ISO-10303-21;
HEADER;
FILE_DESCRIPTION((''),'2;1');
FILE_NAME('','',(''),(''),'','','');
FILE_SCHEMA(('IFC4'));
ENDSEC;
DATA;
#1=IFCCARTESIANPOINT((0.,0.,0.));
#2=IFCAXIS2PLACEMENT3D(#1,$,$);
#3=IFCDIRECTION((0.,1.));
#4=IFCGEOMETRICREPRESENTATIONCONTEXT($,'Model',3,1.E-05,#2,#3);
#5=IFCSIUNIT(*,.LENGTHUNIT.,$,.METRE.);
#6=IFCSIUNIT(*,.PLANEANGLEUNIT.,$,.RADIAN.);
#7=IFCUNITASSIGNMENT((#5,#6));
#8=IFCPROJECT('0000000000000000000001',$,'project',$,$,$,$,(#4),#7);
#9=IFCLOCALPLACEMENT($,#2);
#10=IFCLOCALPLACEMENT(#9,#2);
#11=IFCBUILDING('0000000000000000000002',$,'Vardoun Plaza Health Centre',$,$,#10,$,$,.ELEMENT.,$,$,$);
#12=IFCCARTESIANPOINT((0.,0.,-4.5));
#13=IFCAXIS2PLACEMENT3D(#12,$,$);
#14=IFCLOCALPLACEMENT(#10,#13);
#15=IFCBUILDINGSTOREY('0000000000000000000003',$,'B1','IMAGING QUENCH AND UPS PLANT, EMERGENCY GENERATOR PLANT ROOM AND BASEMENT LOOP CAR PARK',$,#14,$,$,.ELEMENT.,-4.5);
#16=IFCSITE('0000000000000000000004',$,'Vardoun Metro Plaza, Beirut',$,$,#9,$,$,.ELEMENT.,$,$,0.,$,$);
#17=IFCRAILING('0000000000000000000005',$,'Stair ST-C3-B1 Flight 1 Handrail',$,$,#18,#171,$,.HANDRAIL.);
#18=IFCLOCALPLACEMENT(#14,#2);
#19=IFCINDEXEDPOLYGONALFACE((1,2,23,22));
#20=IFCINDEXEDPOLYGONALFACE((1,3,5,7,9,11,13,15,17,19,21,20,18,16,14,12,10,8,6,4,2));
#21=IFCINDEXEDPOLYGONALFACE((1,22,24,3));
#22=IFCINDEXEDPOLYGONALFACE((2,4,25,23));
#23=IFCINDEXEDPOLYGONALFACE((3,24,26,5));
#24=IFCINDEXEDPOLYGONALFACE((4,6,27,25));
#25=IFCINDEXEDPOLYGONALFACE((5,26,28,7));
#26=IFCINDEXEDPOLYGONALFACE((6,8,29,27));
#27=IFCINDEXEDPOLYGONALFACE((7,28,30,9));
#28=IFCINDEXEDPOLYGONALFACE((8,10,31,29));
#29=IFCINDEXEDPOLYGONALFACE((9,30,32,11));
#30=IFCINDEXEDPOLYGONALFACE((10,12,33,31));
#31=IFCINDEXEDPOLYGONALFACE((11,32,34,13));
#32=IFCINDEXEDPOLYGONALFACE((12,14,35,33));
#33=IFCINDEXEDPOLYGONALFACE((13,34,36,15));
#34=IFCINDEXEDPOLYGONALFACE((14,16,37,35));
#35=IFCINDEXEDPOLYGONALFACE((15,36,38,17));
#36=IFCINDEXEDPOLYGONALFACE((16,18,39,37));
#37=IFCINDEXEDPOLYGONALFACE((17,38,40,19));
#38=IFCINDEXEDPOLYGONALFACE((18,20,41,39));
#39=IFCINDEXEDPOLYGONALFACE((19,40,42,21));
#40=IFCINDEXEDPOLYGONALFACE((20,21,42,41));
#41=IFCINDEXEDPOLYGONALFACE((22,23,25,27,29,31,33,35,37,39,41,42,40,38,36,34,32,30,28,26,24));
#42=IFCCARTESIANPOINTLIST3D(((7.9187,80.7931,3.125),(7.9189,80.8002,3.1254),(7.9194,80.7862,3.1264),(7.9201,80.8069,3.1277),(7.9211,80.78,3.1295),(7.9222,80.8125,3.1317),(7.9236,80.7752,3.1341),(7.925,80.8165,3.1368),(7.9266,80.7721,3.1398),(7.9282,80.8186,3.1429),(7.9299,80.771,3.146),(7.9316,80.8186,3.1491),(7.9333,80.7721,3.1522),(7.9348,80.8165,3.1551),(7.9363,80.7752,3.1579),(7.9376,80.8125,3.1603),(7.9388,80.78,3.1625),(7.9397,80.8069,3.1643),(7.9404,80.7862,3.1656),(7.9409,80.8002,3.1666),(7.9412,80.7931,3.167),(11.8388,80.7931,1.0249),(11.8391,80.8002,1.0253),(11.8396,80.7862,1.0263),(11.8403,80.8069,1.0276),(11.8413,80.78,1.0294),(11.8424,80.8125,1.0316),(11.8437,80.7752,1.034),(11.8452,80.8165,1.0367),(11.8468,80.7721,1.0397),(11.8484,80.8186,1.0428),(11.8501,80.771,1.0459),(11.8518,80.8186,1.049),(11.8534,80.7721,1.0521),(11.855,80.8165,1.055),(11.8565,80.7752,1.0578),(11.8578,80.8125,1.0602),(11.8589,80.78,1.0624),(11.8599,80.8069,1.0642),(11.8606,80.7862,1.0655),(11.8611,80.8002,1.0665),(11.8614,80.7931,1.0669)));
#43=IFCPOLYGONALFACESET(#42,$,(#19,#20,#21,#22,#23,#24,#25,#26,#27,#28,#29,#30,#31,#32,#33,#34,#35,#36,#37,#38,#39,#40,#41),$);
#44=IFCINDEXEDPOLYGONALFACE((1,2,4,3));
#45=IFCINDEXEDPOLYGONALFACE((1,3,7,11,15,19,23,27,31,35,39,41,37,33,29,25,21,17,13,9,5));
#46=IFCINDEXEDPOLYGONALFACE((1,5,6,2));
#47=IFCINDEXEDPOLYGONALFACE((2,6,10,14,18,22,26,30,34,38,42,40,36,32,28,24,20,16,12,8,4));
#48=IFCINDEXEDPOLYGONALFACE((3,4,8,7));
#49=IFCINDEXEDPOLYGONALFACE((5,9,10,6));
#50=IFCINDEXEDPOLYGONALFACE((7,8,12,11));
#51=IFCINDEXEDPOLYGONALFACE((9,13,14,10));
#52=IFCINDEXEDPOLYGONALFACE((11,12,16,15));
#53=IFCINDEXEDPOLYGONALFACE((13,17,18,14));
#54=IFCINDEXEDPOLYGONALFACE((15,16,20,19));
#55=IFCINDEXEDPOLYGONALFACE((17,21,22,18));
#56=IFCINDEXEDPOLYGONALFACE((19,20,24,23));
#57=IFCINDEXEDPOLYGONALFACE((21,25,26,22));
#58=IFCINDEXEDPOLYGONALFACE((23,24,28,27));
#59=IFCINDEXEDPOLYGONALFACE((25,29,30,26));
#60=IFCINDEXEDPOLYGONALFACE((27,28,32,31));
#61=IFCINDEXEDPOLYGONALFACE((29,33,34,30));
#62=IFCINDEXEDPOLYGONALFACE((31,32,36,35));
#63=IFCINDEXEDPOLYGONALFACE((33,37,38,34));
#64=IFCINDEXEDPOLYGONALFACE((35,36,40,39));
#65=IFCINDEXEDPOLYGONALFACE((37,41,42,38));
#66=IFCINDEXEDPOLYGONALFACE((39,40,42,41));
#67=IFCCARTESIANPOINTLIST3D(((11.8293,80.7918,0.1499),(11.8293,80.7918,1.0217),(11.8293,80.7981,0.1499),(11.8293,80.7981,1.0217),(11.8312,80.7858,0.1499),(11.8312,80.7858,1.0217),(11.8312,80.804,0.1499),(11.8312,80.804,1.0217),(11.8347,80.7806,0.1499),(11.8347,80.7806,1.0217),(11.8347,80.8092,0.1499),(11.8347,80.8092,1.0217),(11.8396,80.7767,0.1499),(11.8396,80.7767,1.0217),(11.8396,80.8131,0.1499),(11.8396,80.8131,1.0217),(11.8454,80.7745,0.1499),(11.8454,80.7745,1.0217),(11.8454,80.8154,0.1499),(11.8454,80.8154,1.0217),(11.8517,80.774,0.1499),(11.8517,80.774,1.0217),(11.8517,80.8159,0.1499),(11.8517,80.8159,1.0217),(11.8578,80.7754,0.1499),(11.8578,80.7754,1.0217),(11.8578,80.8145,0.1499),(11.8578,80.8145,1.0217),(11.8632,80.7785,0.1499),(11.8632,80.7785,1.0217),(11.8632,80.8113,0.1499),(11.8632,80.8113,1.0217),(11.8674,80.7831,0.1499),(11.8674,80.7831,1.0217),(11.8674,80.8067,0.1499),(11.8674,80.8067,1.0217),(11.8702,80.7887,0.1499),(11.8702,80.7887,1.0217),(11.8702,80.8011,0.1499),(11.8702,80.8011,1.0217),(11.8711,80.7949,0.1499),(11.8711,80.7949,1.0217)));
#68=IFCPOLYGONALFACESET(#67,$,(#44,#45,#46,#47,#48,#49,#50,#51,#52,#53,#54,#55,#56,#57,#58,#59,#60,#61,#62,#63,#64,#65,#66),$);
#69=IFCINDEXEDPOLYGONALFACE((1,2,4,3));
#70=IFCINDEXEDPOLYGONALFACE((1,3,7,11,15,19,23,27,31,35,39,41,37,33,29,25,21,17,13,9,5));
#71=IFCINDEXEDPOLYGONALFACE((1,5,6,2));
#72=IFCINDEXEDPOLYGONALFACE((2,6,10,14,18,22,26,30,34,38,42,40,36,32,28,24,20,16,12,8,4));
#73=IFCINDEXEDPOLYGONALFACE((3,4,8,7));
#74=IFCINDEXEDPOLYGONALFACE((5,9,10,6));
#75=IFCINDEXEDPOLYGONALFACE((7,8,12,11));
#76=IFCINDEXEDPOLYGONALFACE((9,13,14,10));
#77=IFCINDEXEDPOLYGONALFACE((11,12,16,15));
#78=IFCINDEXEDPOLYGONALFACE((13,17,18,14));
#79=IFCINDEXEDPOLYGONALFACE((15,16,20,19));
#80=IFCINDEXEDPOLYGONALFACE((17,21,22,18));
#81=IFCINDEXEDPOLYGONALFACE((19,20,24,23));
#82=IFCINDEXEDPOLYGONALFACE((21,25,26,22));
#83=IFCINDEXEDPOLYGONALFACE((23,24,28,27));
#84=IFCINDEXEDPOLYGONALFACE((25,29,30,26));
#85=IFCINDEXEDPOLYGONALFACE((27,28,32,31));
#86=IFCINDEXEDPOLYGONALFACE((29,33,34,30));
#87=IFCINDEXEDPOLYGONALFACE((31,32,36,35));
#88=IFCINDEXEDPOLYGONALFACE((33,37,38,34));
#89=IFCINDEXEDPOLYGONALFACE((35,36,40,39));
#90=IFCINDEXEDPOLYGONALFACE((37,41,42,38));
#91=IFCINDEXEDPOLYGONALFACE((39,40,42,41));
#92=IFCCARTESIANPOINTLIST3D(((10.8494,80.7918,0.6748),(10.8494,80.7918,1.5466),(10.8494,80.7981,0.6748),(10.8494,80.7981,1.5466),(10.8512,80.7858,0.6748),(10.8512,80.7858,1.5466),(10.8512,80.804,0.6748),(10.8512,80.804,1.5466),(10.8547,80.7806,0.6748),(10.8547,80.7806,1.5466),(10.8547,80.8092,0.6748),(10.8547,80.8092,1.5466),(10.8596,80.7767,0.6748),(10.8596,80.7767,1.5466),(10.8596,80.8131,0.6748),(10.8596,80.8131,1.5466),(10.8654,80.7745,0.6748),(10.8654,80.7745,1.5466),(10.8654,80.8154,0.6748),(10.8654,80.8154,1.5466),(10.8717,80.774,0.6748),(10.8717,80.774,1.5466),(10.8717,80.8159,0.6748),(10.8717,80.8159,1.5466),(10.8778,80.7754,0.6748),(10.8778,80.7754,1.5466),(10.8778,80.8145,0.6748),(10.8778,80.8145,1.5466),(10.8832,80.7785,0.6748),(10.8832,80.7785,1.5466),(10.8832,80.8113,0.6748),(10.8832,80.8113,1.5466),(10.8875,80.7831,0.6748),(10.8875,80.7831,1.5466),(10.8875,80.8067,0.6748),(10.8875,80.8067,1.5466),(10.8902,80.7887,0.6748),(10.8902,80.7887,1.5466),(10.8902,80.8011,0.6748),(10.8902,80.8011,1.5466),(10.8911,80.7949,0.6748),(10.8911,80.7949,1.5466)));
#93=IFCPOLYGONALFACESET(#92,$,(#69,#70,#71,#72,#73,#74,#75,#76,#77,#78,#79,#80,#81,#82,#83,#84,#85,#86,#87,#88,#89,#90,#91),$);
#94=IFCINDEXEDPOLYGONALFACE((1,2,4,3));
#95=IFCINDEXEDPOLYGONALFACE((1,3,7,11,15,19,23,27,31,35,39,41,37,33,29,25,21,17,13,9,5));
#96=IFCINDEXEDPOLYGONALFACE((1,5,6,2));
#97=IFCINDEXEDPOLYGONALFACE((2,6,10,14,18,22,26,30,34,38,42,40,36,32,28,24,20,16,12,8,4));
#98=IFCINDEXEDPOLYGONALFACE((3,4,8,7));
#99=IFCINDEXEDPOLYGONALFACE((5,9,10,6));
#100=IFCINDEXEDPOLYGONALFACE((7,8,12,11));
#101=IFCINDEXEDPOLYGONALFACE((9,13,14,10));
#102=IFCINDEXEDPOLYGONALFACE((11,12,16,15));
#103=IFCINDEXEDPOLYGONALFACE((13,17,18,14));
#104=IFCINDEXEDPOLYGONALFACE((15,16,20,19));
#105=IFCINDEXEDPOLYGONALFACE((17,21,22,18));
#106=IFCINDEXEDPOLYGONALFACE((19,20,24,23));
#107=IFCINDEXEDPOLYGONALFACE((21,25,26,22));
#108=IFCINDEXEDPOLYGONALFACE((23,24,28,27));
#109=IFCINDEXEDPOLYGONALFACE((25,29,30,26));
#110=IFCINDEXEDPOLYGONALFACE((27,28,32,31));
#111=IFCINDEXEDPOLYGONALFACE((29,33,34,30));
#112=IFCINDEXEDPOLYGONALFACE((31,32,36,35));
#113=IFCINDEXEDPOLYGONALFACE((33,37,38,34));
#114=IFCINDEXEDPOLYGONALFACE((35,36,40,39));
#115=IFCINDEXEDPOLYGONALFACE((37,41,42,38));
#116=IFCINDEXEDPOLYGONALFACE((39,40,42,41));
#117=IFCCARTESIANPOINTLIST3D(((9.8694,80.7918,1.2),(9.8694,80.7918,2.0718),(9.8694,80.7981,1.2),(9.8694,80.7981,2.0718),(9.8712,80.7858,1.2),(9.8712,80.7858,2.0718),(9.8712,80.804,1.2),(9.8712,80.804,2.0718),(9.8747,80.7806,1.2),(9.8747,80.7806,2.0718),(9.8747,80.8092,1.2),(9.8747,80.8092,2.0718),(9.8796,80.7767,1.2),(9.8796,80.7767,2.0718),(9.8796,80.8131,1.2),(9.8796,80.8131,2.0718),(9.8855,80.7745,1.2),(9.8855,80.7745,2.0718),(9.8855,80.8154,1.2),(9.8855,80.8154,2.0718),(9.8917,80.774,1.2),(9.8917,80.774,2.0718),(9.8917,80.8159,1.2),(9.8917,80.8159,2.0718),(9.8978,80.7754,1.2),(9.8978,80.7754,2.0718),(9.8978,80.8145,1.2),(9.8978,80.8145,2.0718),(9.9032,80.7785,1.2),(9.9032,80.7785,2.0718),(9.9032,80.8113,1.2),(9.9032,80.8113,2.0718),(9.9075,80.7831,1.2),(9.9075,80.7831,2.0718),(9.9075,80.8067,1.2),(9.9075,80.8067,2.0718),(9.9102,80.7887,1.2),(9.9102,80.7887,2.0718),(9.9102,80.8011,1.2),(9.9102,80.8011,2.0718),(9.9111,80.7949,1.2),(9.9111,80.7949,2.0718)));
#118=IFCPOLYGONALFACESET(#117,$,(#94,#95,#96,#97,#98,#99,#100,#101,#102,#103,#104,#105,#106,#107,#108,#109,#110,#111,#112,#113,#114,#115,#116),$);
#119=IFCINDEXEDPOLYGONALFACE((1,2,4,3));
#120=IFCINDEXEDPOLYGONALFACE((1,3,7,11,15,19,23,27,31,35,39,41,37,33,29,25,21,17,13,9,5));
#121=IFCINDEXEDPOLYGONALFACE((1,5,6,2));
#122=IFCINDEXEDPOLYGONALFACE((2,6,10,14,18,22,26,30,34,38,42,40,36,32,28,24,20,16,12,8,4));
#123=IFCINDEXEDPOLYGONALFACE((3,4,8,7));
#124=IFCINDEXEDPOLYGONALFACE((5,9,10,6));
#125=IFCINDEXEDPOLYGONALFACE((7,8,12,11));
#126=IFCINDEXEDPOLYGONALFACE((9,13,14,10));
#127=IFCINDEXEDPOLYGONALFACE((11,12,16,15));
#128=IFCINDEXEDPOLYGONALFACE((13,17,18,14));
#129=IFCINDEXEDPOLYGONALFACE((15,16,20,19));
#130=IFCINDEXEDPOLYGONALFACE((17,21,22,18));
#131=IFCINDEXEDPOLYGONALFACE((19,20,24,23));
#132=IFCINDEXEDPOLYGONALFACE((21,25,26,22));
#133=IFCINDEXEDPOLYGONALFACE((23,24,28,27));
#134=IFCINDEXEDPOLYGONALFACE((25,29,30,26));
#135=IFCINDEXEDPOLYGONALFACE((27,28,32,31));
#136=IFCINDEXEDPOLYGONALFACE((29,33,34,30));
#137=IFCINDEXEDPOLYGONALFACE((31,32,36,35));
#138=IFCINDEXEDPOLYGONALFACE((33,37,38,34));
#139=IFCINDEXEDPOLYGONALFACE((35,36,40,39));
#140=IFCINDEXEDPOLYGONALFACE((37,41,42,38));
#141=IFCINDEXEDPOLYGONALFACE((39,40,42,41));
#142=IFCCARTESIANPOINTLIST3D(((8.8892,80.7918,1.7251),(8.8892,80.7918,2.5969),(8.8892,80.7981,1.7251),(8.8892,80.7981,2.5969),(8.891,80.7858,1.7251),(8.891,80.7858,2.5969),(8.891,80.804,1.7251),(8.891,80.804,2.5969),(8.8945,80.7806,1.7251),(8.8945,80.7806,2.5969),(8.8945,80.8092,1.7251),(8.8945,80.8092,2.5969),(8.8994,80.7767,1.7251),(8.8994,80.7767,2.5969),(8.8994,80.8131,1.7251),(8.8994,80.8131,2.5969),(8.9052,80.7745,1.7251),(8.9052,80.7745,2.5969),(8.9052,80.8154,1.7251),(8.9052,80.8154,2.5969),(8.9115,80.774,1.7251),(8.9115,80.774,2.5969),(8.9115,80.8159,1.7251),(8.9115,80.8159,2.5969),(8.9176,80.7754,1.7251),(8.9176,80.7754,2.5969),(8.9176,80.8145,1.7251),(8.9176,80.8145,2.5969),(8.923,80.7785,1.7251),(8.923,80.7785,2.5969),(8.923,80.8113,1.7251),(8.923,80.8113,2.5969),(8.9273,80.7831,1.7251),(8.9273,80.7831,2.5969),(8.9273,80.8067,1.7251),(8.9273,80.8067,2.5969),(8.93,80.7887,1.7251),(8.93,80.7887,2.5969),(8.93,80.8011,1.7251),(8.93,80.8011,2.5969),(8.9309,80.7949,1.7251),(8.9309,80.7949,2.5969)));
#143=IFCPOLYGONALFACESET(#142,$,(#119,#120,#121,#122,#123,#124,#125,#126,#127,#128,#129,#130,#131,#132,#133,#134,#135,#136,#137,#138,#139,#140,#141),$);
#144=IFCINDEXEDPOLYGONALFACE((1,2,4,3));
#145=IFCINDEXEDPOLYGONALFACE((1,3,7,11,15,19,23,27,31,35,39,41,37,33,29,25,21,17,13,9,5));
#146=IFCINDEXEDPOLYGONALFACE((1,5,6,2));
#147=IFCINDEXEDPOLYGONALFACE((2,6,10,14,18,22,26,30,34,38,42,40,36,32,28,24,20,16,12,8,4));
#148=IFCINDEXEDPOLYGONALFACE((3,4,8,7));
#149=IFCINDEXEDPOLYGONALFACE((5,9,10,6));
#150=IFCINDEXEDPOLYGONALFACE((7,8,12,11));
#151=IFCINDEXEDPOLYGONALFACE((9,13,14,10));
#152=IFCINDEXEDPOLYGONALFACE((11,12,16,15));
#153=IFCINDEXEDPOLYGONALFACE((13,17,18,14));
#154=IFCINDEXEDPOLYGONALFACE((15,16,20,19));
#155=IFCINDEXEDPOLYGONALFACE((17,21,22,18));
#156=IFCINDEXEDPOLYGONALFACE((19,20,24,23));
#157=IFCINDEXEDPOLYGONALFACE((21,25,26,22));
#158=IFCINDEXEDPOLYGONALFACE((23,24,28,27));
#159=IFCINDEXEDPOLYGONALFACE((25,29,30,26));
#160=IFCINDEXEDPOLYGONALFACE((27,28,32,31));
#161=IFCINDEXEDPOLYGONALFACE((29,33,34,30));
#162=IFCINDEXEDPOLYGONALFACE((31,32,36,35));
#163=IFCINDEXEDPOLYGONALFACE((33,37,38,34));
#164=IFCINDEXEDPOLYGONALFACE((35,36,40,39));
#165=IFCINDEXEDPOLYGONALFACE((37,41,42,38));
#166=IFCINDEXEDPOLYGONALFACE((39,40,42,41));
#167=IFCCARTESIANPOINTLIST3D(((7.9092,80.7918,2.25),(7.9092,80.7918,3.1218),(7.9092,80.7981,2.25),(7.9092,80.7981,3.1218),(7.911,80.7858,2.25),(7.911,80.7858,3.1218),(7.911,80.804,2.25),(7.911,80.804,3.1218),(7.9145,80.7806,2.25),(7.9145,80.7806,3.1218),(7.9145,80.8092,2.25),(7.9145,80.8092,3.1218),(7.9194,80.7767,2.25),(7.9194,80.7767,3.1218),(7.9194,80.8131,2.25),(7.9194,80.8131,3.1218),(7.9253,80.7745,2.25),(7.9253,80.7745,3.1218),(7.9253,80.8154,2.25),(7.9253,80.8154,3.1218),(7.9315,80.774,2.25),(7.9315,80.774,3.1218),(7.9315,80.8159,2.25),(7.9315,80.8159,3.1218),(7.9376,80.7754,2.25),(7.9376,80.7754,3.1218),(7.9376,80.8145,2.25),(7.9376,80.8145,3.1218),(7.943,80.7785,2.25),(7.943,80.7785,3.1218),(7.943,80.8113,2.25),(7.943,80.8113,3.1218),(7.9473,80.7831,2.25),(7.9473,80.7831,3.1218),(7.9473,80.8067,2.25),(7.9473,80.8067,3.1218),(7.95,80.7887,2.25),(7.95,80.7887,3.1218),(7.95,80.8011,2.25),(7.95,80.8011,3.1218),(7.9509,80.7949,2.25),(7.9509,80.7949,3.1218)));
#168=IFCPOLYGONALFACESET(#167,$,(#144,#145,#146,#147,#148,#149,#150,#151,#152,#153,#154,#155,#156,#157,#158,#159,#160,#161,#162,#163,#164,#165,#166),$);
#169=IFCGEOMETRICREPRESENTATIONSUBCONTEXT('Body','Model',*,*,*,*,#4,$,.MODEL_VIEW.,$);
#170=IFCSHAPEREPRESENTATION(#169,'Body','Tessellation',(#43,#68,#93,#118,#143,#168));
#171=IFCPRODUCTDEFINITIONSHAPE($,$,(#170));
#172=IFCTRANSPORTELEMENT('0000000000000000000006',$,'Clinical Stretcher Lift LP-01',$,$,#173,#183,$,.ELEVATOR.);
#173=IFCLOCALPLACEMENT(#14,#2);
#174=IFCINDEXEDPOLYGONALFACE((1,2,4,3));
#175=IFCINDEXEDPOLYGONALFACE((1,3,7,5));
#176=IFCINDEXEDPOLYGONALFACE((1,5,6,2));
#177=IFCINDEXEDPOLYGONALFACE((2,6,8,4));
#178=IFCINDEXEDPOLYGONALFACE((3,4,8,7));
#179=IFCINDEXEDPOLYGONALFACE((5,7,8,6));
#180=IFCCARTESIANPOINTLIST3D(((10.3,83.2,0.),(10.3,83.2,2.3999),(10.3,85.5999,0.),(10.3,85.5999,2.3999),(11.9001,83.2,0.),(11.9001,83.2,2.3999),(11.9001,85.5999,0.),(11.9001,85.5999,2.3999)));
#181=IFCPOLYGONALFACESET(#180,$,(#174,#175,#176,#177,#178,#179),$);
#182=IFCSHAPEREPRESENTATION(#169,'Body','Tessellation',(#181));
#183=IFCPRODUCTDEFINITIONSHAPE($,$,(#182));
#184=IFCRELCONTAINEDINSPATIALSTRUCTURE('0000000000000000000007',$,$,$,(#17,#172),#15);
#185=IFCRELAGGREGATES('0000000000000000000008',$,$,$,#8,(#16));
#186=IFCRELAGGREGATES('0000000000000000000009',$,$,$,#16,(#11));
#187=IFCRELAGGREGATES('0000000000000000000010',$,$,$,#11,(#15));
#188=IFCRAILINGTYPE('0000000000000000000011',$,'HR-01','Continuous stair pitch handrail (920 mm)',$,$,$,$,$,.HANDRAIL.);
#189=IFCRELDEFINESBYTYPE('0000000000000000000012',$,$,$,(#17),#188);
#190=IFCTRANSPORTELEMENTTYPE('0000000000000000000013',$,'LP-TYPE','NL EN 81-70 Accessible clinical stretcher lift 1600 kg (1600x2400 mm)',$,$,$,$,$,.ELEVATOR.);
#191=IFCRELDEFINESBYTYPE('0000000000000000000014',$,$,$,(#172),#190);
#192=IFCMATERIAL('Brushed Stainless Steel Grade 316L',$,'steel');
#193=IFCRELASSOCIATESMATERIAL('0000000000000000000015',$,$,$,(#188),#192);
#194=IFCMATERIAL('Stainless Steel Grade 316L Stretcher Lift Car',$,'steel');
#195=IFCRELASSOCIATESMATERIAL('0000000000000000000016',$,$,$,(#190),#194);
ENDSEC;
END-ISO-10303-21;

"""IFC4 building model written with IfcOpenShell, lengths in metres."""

from ifc_helpers import new_model, si_unit, direction, frame, origin, origin_2d, place, context, subcontext, project, spatial, rectangle, circle, extrude, material, type_object, element, save


model = new_model("IFC4")

# Units and contexts
model_context = context("Model", 3, precision=1e-05, world=origin(), true_north=direction((0.0, 1.0)))
body_context = subcontext(model_context, "Body", "Model", "MODEL_VIEW")
ifc_project = project(units=[si_unit("LENGTHUNIT", "METRE"), si_unit("PLANEANGLEUNIT", "RADIAN")], contexts=[model_context])

# Site, building, storey
site_placement = place(None, origin())
site = spatial("IfcSite", under=ifc_project, at=site_placement, Name="Vardoun Metro Plaza, Beirut", CompositionType="ELEMENT", RefElevation=0.0)
building_placement = place(site_placement, origin())
building = spatial("IfcBuilding", under=site, at=building_placement, Name="Vardoun Plaza Health Centre", CompositionType="ELEMENT")
storey_placement = place(building_placement, frame((0.0, 0.0, -4.5)))
storey = spatial("IfcBuildingStorey", under=building, at=storey_placement, Name="B1", Description="IMAGING QUENCH AND UPS PLANT, EMERGENCY GENERATOR PLANT ROOM AND BASEMENT LOOP CAR PARK", CompositionType="ELEMENT", Elevation=-4.5)

# Railing
ifc_material_1 = material(Name="Brushed Stainless Steel Grade 316L", Category="steel")
railing_type = type_object("IfcRailingType", Name="HR-01", Description="Continuous stair pitch handrail (920 mm)", PredefinedType="HANDRAIL", material=ifc_material_1)
railing_placement = place(storey_placement, frame((11.8501, 80.7949, 0.1499)))
element("IfcRailing", 1, at=railing_placement, inside=storey, type_object=railing_type, Name="Stair ST-C3-B1 Flight 1 Handrail", PredefinedType="HANDRAIL", context=body_context, shape_type="SweptSolid", body=[
    extrude(circle(Radius=0.0239, at=origin_2d()), frame((0.0, 0.0, 0.896), z_axis=(-0.881479, 0.0, 0.472223), x_axis=(0.0, -1.0, 0.0)), (0.0, 0.0, 1.0), 4.4473),
    extrude(circle(Radius=0.021, at=origin_2d()), origin(), (0.0, 0.0, 1.0), 0.8718),
    extrude(circle(Radius=0.021, at=origin_2d()), frame((-0.98, 0.0, 0.5249)), (0.0, 0.0, 1.0), 0.8718),
    extrude(circle(Radius=0.021, at=origin_2d()), frame((-1.96, 0.0, 1.05)), (0.0, 0.0, 1.0), 0.8718),
    extrude(circle(Radius=0.021, at=origin_2d()), frame((-2.9402, 0.0, 1.5752)), (0.0, 0.0, 1.0), 0.8718),
    extrude(circle(Radius=0.021, at=origin_2d()), frame((-3.9202, 0.0, 2.1001)), (0.0, 0.0, 1.0), 0.8718),
])

# Transport element
ifc_material_2 = material(Name="Stainless Steel Grade 316L Stretcher Lift Car", Category="steel")
transport_element_type = type_object("IfcTransportElementType", Name="LP-TYPE", Description="NL EN 81-70 Accessible clinical stretcher lift 1600 kg (1600x2400 mm)", PredefinedType="ELEVATOR", material=ifc_material_2)
transport_element_placement = place(storey_placement, frame((11.1001, 84.3999, 0.0), z_axis=(0.0, 0.0, 1.0), x_axis=(1.0, 0.0, 0.0)))
element("IfcTransportElement", 2, at=transport_element_placement, inside=storey, type_object=transport_element_type, Name="Clinical Stretcher Lift LP-01", PredefinedType="ELEVATOR", context=body_context, shape_type="SweptSolid", body=[
    extrude(rectangle(XDim=1.6001, YDim=2.3999, at=origin_2d()), origin(), (0.0, 0.0, 1.0), 2.3999),
])

save(model, "model.ifc")
